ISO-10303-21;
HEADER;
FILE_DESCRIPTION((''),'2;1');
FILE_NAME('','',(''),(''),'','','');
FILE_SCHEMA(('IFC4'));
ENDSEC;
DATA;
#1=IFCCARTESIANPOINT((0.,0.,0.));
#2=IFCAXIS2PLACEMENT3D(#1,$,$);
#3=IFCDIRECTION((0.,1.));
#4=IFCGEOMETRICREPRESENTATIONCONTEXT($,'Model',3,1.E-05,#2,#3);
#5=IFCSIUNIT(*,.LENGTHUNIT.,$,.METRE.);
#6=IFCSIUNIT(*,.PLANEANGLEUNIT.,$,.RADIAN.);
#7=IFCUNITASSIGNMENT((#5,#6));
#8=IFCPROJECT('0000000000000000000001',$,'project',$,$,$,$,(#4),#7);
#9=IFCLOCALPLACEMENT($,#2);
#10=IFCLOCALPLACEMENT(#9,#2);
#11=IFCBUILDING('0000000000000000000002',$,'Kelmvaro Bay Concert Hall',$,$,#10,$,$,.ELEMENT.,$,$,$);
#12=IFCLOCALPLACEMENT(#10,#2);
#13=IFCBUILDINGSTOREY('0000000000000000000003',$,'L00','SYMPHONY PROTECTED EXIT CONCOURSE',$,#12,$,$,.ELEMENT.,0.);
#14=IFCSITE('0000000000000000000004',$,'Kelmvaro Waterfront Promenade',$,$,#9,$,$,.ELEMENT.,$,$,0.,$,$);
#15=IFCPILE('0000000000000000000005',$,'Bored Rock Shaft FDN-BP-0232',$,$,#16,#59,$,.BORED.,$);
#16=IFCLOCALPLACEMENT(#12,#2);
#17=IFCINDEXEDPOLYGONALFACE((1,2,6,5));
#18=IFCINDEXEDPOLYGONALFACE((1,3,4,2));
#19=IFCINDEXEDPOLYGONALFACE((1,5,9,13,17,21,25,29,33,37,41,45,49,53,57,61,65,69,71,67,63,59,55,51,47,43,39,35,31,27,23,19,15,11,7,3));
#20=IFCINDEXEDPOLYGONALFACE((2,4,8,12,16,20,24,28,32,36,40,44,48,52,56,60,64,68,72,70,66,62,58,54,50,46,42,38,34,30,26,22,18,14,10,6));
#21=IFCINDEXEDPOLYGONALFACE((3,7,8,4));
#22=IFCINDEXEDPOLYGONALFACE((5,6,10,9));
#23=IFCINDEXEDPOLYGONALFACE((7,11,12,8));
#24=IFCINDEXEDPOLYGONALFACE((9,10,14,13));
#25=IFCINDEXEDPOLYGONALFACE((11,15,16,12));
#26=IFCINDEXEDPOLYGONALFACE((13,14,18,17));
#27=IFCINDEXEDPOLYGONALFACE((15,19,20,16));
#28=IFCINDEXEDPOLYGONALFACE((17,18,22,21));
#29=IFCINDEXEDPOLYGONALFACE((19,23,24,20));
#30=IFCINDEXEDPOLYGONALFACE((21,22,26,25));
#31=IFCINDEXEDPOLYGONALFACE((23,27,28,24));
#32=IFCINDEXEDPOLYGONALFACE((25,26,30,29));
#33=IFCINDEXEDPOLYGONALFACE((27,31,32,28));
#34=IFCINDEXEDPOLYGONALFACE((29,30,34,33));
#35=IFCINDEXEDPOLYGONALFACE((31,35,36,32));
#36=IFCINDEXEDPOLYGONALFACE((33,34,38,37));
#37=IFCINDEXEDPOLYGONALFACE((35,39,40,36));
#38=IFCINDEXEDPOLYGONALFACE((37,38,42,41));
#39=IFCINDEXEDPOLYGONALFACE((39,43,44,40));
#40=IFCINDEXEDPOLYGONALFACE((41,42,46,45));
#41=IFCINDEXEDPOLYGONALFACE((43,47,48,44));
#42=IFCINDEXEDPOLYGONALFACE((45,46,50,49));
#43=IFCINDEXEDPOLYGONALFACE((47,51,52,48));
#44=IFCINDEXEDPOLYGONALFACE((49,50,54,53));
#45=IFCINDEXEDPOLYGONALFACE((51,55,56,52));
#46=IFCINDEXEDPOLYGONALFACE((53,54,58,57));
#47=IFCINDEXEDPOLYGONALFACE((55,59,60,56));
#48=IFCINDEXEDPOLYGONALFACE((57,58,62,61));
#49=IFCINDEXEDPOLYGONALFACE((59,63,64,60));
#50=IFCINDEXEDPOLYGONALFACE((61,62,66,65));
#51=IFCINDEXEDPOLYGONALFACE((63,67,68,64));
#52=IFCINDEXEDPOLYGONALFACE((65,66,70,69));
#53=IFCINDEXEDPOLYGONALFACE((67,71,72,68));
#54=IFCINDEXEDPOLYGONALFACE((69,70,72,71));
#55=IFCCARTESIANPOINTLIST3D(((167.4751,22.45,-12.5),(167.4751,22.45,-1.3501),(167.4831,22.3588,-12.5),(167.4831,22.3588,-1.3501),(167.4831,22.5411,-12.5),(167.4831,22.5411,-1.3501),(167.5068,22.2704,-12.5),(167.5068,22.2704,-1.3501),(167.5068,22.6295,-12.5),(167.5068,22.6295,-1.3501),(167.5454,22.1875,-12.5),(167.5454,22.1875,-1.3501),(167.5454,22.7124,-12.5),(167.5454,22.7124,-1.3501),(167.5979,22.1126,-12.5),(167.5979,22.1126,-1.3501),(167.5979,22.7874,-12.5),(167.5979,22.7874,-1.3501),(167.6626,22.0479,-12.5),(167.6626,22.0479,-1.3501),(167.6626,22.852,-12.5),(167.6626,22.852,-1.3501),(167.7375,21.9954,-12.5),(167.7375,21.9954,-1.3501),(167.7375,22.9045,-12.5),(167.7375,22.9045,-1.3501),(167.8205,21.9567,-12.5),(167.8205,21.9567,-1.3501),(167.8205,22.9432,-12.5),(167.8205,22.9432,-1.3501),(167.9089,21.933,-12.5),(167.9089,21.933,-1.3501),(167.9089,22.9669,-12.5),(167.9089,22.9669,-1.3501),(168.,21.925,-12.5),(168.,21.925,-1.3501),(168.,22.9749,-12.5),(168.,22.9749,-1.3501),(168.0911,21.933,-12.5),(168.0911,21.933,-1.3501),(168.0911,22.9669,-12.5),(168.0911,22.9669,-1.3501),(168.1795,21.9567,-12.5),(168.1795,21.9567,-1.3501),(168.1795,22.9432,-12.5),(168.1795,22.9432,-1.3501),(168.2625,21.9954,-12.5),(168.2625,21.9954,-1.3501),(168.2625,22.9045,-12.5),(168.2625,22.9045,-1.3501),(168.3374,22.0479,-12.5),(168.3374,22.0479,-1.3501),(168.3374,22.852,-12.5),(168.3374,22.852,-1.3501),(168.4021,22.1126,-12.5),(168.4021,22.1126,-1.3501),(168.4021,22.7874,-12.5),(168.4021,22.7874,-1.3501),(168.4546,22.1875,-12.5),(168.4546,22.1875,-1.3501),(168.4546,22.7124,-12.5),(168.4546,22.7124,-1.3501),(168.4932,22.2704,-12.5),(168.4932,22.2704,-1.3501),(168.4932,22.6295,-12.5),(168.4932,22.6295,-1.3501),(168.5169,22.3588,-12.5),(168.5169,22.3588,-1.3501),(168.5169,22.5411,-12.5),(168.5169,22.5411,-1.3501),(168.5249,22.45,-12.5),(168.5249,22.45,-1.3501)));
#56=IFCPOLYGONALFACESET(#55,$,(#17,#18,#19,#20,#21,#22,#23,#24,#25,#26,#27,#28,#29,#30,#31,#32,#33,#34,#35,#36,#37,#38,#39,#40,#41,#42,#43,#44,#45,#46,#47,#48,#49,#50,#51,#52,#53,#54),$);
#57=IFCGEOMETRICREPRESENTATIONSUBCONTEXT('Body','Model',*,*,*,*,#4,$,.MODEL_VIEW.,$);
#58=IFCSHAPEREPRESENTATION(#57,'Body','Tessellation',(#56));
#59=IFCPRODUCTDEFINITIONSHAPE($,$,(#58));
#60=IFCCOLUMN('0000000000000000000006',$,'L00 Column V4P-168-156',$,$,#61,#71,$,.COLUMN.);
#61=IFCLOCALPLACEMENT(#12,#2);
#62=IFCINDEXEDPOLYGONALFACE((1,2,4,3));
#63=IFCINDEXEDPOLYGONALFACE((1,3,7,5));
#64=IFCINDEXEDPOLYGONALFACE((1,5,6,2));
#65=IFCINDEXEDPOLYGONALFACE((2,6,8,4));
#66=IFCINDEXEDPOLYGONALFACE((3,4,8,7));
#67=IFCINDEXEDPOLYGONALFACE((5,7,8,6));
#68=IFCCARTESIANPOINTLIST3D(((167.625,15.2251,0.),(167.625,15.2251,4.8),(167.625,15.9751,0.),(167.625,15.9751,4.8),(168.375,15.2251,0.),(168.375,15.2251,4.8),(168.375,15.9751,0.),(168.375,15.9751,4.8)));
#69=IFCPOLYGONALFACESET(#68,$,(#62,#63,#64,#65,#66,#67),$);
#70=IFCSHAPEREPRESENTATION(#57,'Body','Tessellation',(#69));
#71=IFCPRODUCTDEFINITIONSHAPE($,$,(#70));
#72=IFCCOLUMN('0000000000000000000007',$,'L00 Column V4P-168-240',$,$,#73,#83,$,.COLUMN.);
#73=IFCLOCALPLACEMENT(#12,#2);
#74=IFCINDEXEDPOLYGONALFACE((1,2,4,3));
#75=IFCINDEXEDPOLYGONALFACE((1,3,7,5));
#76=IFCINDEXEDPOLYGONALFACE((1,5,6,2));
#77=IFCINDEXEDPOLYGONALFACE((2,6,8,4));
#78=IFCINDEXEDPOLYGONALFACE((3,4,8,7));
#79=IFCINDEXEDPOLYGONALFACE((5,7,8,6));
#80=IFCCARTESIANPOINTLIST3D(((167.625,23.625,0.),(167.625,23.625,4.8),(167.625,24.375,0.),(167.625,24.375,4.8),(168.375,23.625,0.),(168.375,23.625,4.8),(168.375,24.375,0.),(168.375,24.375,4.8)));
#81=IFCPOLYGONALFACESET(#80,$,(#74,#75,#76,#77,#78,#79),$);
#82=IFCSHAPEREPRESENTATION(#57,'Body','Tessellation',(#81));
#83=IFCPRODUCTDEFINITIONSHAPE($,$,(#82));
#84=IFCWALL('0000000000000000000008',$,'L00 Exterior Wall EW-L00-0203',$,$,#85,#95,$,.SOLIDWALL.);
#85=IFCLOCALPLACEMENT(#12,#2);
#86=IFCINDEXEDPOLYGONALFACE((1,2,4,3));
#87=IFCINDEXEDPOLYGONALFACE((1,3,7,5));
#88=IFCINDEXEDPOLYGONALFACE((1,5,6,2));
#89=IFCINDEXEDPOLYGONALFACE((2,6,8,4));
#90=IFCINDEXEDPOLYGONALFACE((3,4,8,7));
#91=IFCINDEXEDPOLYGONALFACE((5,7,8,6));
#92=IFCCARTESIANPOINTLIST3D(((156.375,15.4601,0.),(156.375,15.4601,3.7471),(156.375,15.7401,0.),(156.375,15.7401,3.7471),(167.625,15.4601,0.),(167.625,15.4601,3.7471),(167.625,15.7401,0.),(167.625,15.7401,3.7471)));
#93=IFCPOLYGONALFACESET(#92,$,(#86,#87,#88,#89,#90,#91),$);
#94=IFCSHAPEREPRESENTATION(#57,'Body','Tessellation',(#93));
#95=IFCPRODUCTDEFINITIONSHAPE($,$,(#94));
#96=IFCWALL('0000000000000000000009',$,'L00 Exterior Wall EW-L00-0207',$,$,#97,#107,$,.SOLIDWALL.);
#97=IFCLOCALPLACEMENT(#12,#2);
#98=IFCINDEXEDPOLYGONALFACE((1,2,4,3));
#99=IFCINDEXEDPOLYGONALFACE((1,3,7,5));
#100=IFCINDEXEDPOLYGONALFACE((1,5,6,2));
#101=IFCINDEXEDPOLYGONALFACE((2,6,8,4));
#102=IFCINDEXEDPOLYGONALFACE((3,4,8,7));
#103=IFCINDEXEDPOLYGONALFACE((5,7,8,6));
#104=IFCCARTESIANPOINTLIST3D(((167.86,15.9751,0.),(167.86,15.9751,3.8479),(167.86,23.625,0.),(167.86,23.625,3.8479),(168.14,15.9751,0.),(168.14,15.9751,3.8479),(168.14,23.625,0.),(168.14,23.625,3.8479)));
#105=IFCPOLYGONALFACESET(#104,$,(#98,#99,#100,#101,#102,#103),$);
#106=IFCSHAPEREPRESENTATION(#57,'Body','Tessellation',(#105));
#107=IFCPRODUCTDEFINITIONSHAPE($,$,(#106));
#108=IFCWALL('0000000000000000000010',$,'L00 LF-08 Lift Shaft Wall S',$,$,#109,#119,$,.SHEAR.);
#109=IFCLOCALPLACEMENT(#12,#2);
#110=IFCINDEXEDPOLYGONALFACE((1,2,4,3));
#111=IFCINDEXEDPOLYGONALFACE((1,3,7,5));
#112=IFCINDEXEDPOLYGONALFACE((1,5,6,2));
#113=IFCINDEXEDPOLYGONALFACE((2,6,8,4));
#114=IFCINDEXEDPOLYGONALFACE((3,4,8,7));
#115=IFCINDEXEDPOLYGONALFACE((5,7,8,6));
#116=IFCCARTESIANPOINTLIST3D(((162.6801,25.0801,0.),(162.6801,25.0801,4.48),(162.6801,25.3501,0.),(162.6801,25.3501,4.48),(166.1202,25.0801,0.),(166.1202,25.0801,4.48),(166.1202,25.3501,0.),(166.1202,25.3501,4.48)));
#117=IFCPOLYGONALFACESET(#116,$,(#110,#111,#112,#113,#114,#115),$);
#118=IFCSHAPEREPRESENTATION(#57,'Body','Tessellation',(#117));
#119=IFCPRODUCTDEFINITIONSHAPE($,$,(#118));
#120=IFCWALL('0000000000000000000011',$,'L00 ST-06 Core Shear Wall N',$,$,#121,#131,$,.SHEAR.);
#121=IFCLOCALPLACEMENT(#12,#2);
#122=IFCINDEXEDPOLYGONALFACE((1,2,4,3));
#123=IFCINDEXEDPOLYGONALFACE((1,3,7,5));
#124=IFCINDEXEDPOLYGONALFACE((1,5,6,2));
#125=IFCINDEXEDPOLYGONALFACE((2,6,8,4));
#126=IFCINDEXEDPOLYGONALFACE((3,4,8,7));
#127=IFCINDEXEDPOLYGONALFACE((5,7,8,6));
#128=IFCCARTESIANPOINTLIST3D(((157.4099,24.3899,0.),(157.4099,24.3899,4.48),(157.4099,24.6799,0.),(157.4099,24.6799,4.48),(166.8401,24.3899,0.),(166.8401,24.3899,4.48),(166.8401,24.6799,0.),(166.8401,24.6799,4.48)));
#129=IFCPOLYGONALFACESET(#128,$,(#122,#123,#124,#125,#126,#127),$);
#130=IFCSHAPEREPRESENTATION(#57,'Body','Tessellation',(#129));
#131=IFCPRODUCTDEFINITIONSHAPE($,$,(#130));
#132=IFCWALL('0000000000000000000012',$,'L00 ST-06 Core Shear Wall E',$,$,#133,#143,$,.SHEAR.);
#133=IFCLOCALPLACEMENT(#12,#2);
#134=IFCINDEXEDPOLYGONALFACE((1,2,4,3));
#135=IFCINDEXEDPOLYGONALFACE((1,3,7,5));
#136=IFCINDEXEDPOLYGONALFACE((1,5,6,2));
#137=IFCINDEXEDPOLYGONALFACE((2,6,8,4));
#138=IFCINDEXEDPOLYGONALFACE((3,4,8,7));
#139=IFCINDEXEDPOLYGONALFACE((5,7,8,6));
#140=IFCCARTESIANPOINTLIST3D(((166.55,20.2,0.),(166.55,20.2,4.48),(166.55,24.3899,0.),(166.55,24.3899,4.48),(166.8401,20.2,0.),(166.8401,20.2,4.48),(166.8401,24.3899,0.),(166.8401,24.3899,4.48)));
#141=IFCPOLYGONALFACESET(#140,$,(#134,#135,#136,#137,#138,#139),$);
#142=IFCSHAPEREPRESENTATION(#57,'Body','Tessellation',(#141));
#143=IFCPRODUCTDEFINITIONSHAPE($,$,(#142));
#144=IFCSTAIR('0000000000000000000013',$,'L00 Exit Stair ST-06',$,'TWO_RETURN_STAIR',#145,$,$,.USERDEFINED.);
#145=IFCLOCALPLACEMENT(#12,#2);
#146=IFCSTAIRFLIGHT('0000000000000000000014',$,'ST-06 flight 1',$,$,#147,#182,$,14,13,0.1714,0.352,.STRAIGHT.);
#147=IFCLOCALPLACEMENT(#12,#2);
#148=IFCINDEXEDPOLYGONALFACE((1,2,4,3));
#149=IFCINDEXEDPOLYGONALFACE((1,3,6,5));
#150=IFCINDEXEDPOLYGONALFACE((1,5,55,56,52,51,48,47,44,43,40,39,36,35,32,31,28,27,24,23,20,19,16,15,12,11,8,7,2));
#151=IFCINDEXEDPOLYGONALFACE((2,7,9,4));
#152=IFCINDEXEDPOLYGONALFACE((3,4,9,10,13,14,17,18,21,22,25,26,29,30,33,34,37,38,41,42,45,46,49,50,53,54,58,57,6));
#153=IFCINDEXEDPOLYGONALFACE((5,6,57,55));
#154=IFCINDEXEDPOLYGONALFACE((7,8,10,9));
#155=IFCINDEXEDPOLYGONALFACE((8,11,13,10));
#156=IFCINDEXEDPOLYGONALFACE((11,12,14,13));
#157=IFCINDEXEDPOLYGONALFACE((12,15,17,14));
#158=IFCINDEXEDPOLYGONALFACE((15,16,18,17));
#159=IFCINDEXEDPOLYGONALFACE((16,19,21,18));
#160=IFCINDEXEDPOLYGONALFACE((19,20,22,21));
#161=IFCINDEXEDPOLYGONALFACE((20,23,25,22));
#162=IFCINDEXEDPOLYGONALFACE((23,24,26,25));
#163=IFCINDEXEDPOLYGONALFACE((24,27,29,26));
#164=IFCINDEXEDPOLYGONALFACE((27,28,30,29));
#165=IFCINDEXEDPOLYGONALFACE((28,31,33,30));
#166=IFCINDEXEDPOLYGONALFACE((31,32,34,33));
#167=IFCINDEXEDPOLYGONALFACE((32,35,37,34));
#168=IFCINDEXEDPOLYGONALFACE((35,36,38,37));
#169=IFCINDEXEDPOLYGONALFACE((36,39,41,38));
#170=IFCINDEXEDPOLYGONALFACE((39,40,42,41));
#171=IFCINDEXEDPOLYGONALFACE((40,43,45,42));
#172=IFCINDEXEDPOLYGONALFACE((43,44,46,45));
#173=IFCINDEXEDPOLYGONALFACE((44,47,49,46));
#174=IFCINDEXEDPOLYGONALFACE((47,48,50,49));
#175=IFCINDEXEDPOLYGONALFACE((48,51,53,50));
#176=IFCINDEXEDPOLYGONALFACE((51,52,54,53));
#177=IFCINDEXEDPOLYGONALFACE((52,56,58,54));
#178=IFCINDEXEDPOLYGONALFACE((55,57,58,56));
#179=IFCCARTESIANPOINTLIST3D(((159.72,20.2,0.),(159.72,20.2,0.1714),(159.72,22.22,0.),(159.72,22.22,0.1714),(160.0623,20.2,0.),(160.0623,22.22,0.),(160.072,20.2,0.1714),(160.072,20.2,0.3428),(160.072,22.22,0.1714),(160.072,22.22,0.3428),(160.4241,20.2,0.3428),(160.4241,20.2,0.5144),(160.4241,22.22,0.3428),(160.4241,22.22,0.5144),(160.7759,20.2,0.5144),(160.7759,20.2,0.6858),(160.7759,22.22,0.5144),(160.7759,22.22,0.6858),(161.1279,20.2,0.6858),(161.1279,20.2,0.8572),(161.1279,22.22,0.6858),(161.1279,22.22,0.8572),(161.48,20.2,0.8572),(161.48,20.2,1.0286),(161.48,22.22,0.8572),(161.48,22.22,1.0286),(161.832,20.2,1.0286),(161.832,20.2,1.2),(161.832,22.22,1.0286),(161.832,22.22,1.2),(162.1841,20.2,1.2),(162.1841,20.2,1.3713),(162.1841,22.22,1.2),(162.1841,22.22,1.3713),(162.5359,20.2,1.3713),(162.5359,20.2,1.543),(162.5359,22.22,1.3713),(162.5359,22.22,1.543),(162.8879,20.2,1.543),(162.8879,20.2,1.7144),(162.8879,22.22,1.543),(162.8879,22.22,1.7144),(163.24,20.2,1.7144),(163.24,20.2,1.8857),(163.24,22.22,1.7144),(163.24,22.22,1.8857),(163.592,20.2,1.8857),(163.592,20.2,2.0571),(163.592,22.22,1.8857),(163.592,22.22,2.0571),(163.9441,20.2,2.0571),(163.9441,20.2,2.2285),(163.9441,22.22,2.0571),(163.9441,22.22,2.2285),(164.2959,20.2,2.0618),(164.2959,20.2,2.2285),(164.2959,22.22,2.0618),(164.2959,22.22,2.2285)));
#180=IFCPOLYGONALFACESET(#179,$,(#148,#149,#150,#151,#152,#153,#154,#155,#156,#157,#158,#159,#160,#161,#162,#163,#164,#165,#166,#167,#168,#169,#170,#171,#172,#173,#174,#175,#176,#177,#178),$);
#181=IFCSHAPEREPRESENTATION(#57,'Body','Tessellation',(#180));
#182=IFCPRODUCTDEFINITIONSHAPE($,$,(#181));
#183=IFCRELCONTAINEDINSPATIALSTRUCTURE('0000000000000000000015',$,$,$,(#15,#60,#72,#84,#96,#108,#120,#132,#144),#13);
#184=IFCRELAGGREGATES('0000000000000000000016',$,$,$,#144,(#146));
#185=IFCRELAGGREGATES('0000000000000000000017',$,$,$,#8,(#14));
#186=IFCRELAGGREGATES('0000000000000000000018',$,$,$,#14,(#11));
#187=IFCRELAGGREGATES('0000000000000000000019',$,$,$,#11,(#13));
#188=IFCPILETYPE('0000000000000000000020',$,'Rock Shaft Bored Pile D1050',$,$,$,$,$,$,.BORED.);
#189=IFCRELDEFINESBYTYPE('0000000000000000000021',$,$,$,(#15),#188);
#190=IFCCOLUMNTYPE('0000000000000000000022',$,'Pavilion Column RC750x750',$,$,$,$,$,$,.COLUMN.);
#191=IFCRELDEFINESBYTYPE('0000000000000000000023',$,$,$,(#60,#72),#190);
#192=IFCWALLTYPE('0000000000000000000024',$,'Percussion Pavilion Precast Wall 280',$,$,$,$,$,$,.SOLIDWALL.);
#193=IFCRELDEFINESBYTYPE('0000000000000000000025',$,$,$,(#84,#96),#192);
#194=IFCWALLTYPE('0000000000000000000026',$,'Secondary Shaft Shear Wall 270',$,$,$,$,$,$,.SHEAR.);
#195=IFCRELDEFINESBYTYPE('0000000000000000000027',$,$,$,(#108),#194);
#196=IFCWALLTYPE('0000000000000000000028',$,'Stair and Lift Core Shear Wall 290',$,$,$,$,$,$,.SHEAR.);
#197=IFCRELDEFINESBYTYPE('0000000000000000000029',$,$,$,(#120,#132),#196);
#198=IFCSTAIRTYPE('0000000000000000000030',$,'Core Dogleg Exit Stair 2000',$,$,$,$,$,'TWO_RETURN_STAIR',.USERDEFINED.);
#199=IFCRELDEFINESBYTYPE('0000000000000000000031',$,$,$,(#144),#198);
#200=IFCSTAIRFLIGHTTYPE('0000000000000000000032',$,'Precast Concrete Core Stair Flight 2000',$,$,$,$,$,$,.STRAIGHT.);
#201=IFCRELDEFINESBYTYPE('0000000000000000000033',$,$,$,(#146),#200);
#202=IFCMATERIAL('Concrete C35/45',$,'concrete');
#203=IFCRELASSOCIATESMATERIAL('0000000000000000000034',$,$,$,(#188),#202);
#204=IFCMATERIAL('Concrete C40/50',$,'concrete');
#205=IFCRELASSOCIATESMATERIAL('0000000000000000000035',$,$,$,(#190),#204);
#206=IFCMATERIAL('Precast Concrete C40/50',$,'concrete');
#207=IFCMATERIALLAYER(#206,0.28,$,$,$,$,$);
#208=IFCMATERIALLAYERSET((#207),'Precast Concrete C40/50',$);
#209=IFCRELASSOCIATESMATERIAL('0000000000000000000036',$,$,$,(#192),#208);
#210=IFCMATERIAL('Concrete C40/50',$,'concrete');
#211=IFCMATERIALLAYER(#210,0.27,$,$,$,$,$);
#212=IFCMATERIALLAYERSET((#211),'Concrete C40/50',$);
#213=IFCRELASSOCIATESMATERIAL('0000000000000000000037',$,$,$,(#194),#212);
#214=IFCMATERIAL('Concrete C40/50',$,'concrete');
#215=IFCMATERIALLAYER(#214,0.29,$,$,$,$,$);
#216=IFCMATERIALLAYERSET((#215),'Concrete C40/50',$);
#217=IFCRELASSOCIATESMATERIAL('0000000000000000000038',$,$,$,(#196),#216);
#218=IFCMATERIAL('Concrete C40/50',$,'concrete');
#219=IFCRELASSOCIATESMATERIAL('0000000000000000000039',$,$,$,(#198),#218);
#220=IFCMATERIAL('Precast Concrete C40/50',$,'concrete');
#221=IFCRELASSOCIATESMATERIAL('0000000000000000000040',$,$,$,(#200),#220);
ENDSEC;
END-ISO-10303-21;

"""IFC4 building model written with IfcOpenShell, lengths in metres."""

from ifc_helpers import new_model, si_unit, direction, frame, frame_2d, origin, origin_2d, place, context, subcontext, project, spatial, polyline, rectangle, circle, outline, extrude, material, layer, layer_set, material_profile, profile_set, type_object, element, aggregate, save


model = new_model("IFC4")

# Units and contexts
model_context = context("Model", 3, precision=1e-05, world=origin(), true_north=direction((0.0, 1.0)))
body_context = subcontext(model_context, "Body", "Model", "MODEL_VIEW")
ifc_project = project(units=[si_unit("LENGTHUNIT", "METRE"), si_unit("PLANEANGLEUNIT", "RADIAN")], contexts=[model_context])

# Site, building, storey
site_placement = place(None, origin())
site = spatial("IfcSite", under=ifc_project, at=site_placement, Name="Kelmvaro Waterfront Promenade", CompositionType="ELEMENT", RefElevation=0.0)
building_placement = place(site_placement, origin())
building = spatial("IfcBuilding", under=site, at=building_placement, Name="Kelmvaro Bay Concert Hall", CompositionType="ELEMENT")
storey_placement = place(building_placement, origin())
storey = spatial("IfcBuildingStorey", under=building, at=storey_placement, Name="L00", Description="SYMPHONY PROTECTED EXIT CONCOURSE", CompositionType="ELEMENT", Elevation=0.0)

# Pile
ifc_material_1 = material(Name="Concrete C35/45", Category="concrete")
ifc_material_profile_1 = material_profile(ifc_material_1, circle(Radius=0.5249, at=origin_2d()), Name="PILE-BORED-1050")
ifc_profile_set_1 = profile_set([ifc_material_profile_1], Name="Concrete C35/45")
pile_type = type_object("IfcPileType", Name="Rock Shaft Bored Pile D1050", PredefinedType="BORED", material=ifc_profile_set_1)
pile_placement = place(storey_placement, frame((168.0, 22.45, -1.3501), z_axis=(0.0, 0.0, -1.0), x_axis=(1.0, 0.0, 0.0)))
element("IfcPile", 1, at=pile_placement, inside=storey, type_object=pile_type, Name="Bored Rock Shaft FDN-BP-0232", PredefinedType="BORED", context=body_context, shape_type="SweptSolid", body=[
    extrude(circle(Radius=0.5249, at=origin_2d()), origin(), (0.0, 0.0, 1.0), 11.1499),
])

# Columns
ifc_material_2 = material(Name="Concrete C40/50", Category="concrete")
ifc_material_profile_2 = material_profile(ifc_material_2, rectangle(XDim=0.75, YDim=0.75, at=origin_2d()), Name="RC-COL-750X750")
ifc_profile_set_2 = profile_set([ifc_material_profile_2], Name="Concrete C40/50")
column_type = type_object("IfcColumnType", Name="Pavilion Column RC750x750", PredefinedType="COLUMN", material=ifc_profile_set_2)
for number, where, z_axis, x_axis, name in (
    (2, (168.0, 15.6001, 0.0), (0.0, 0.0, 1.0), (1.0, 0.0, 0.0), "L00 Column V4P-168-156"),
    (3, (168.0, 24.0, 0.0), (0.0, 0.0, 1.0), (1.0, 0.0, 0.0), "L00 Column V4P-168-240"),
):
    element("IfcColumn", number, at=place(storey_placement, frame(where, z_axis=z_axis, x_axis=x_axis)), inside=storey, type_object=column_type, Name=name, PredefinedType="COLUMN", context=body_context, shape_type="SweptSolid", body=[
        extrude(rectangle(XDim=0.75, YDim=0.75, at=origin_2d()), origin(), (0.0, 0.0, 1.0), 4.8),
    ])

# Walls
ifc_material_3 = material(Name="Precast Concrete C40/50", Category="concrete")
ifc_layer_1 = layer(ifc_material_3, 0.28)
ifc_layer_set_1 = layer_set([ifc_layer_1], Name="Precast Concrete C40/50")
wall_type_1 = type_object("IfcWallType", Name="Percussion Pavilion Precast Wall 280", PredefinedType="SOLIDWALL", material=ifc_layer_set_1)
wall_1_placement = place(storey_placement, frame((167.625, 15.6001, 0.0), z_axis=(0.0, 0.0, 1.0), x_axis=(-1.0, 0.0, 0.0)))
element("IfcWall", 4, at=wall_1_placement, inside=storey, type_object=wall_type_1, Name="L00 Exterior Wall EW-L00-0203", PredefinedType="SOLIDWALL", context=body_context, shape_type="SweptSolid", body=[
    extrude(rectangle(XDim=11.25, YDim=0.28, at=frame_2d((5.625, 0.0))), origin(), (0.0, 0.0, 1.0), 3.7471),
])
wall_2_placement = place(storey_placement, frame((168.0, 23.625, 0.0), z_axis=(0.0, 0.0, 1.0), x_axis=(0.0, -1.0, 0.0)))
element("IfcWall", 5, at=wall_2_placement, inside=storey, type_object=wall_type_1, Name="L00 Exterior Wall EW-L00-0207", PredefinedType="SOLIDWALL", context=body_context, shape_type="SweptSolid", body=[
    extrude(rectangle(XDim=7.6499, YDim=0.28, at=frame_2d((3.825, 0.0))), origin(), (0.0, 0.0, 1.0), 3.8479),
])
ifc_material_4 = material(Name="Concrete C40/50", Category="concrete")
ifc_layer_2 = layer(ifc_material_4, 0.27)
ifc_layer_set_2 = layer_set([ifc_layer_2], Name="Concrete C40/50")
wall_type_2 = type_object("IfcWallType", Name="Secondary Shaft Shear Wall 270", PredefinedType="SHEAR", material=ifc_layer_set_2)
wall_3_placement = place(storey_placement, frame((162.6799, 25.2151, 0.0), z_axis=(0.0, 0.0, 1.0), x_axis=(1.0, 0.0, 0.0)))
element("IfcWall", 6, at=wall_3_placement, inside=storey, type_object=wall_type_2, Name="L00 LF-08 Lift Shaft Wall S", PredefinedType="SHEAR", context=body_context, shape_type="SweptSolid", body=[
    extrude(rectangle(XDim=3.4402, YDim=0.27, at=frame_2d((1.7202, 0.0))), origin(), (0.0, 0.0, 1.0), 4.48),
])
ifc_material_5 = material(Name="Concrete C40/50", Category="concrete")
ifc_layer_3 = layer(ifc_material_5, 0.29)
ifc_layer_set_3 = layer_set([ifc_layer_3], Name="Concrete C40/50")
wall_type_3 = type_object("IfcWallType", Name="Stair and Lift Core Shear Wall 290", PredefinedType="SHEAR", material=ifc_layer_set_3)
wall_4_placement = place(storey_placement, frame((157.4099, 24.5349, 0.0), z_axis=(0.0, 0.0, 1.0), x_axis=(1.0, 0.0, 0.0)))
element("IfcWall", 7, at=wall_4_placement, inside=storey, type_object=wall_type_3, Name="L00 ST-06 Core Shear Wall N", PredefinedType="SHEAR", context=body_context, shape_type="SweptSolid", body=[
    extrude(rectangle(XDim=9.4302, YDim=0.29, at=frame_2d((4.7151, 0.0))), origin(), (0.0, 0.0, 1.0), 4.48),
])

# Wall
wall_5_placement = place(storey_placement, frame((166.6951, 20.2, 0.0), z_axis=(0.0, 0.0, 1.0), x_axis=(0.0, 1.0, 0.0)))
element("IfcWall", 8, at=wall_5_placement, inside=storey, type_object=wall_type_3, Name="L00 ST-06 Core Shear Wall E", PredefinedType="SHEAR", context=body_context, shape_type="SweptSolid", body=[
    extrude(rectangle(XDim=4.1899, YDim=0.29, at=frame_2d((2.095, 0.0))), origin(), (0.0, 0.0, 1.0), 4.48),
])

# Stair, stair flight
ifc_material_6 = material(Name="Concrete C40/50", Category="concrete")
stair_type = type_object("IfcStairType", Name="Core Dogleg Exit Stair 2000", ElementType="TWO_RETURN_STAIR", PredefinedType="USERDEFINED", material=ifc_material_6)
stair_placement = place(storey_placement, origin())
stair = element("IfcStair", 9, at=stair_placement, inside=storey, type_object=stair_type, Name="L00 Exit Stair ST-06", ObjectType="TWO_RETURN_STAIR", PredefinedType="USERDEFINED")
ifc_material_7 = material(Name="Precast Concrete C40/50", Category="concrete")
stair_flight_type = type_object("IfcStairFlightType", Name="Precast Concrete Core Stair Flight 2000", PredefinedType="STRAIGHT", material=ifc_material_7)
stair_flight_1_placement = place(storey_placement, frame((159.72, 21.21, 0.0), z_axis=(0.0, 0.0, 1.0), x_axis=(1.0, 0.0, 0.0)))
stair_flight_1 = element("IfcStairFlight", 10, at=stair_flight_1_placement, type_object=stair_flight_type, Name="ST-06 flight 1", NumberOfRisers=14, NumberOfTreads=13, PredefinedType="STRAIGHT", RiserHeight=0.1714, TreadLength=0.352, context=body_context, shape_type="SweptSolid", body=[
    extrude(outline(polyline([(0.0, 0.0), (0.0, 0.1714), (0.3521, 0.1714), (0.3521, 0.3428), (0.7041, 0.3428), (0.7041, 0.5144), (1.0559, 0.5144), (1.0559, 0.6858), (1.408, 0.6858), (1.408, 0.8572), (1.76, 0.8572), (1.76, 1.0286), (2.1121, 1.0286), (2.1121, 1.2), (2.4641, 1.2), (2.4641, 1.3713), (2.8159, 1.3713), (2.8159, 1.543), (3.168, 1.543), (3.168, 1.7144), (3.52, 1.7144), (3.52, 1.8857), (3.8721, 1.8857), (3.8721, 2.0571), (4.2241, 2.0571), (4.2241, 2.2285), (4.5759, 2.2285), (4.5759, 2.3999), (4.5759, 2.0618), (0.3423, 0.0), (0.0, 0.0)])), frame((0.0, 1.01, 0.0), z_axis=(0.0, -1.0, 0.0), x_axis=(1.0, 0.0, 0.0)), (0.0, 0.0, 1.0), 2.02),
])
aggregate(stair, [stair_flight_1])

save(model, "model.ifc")
